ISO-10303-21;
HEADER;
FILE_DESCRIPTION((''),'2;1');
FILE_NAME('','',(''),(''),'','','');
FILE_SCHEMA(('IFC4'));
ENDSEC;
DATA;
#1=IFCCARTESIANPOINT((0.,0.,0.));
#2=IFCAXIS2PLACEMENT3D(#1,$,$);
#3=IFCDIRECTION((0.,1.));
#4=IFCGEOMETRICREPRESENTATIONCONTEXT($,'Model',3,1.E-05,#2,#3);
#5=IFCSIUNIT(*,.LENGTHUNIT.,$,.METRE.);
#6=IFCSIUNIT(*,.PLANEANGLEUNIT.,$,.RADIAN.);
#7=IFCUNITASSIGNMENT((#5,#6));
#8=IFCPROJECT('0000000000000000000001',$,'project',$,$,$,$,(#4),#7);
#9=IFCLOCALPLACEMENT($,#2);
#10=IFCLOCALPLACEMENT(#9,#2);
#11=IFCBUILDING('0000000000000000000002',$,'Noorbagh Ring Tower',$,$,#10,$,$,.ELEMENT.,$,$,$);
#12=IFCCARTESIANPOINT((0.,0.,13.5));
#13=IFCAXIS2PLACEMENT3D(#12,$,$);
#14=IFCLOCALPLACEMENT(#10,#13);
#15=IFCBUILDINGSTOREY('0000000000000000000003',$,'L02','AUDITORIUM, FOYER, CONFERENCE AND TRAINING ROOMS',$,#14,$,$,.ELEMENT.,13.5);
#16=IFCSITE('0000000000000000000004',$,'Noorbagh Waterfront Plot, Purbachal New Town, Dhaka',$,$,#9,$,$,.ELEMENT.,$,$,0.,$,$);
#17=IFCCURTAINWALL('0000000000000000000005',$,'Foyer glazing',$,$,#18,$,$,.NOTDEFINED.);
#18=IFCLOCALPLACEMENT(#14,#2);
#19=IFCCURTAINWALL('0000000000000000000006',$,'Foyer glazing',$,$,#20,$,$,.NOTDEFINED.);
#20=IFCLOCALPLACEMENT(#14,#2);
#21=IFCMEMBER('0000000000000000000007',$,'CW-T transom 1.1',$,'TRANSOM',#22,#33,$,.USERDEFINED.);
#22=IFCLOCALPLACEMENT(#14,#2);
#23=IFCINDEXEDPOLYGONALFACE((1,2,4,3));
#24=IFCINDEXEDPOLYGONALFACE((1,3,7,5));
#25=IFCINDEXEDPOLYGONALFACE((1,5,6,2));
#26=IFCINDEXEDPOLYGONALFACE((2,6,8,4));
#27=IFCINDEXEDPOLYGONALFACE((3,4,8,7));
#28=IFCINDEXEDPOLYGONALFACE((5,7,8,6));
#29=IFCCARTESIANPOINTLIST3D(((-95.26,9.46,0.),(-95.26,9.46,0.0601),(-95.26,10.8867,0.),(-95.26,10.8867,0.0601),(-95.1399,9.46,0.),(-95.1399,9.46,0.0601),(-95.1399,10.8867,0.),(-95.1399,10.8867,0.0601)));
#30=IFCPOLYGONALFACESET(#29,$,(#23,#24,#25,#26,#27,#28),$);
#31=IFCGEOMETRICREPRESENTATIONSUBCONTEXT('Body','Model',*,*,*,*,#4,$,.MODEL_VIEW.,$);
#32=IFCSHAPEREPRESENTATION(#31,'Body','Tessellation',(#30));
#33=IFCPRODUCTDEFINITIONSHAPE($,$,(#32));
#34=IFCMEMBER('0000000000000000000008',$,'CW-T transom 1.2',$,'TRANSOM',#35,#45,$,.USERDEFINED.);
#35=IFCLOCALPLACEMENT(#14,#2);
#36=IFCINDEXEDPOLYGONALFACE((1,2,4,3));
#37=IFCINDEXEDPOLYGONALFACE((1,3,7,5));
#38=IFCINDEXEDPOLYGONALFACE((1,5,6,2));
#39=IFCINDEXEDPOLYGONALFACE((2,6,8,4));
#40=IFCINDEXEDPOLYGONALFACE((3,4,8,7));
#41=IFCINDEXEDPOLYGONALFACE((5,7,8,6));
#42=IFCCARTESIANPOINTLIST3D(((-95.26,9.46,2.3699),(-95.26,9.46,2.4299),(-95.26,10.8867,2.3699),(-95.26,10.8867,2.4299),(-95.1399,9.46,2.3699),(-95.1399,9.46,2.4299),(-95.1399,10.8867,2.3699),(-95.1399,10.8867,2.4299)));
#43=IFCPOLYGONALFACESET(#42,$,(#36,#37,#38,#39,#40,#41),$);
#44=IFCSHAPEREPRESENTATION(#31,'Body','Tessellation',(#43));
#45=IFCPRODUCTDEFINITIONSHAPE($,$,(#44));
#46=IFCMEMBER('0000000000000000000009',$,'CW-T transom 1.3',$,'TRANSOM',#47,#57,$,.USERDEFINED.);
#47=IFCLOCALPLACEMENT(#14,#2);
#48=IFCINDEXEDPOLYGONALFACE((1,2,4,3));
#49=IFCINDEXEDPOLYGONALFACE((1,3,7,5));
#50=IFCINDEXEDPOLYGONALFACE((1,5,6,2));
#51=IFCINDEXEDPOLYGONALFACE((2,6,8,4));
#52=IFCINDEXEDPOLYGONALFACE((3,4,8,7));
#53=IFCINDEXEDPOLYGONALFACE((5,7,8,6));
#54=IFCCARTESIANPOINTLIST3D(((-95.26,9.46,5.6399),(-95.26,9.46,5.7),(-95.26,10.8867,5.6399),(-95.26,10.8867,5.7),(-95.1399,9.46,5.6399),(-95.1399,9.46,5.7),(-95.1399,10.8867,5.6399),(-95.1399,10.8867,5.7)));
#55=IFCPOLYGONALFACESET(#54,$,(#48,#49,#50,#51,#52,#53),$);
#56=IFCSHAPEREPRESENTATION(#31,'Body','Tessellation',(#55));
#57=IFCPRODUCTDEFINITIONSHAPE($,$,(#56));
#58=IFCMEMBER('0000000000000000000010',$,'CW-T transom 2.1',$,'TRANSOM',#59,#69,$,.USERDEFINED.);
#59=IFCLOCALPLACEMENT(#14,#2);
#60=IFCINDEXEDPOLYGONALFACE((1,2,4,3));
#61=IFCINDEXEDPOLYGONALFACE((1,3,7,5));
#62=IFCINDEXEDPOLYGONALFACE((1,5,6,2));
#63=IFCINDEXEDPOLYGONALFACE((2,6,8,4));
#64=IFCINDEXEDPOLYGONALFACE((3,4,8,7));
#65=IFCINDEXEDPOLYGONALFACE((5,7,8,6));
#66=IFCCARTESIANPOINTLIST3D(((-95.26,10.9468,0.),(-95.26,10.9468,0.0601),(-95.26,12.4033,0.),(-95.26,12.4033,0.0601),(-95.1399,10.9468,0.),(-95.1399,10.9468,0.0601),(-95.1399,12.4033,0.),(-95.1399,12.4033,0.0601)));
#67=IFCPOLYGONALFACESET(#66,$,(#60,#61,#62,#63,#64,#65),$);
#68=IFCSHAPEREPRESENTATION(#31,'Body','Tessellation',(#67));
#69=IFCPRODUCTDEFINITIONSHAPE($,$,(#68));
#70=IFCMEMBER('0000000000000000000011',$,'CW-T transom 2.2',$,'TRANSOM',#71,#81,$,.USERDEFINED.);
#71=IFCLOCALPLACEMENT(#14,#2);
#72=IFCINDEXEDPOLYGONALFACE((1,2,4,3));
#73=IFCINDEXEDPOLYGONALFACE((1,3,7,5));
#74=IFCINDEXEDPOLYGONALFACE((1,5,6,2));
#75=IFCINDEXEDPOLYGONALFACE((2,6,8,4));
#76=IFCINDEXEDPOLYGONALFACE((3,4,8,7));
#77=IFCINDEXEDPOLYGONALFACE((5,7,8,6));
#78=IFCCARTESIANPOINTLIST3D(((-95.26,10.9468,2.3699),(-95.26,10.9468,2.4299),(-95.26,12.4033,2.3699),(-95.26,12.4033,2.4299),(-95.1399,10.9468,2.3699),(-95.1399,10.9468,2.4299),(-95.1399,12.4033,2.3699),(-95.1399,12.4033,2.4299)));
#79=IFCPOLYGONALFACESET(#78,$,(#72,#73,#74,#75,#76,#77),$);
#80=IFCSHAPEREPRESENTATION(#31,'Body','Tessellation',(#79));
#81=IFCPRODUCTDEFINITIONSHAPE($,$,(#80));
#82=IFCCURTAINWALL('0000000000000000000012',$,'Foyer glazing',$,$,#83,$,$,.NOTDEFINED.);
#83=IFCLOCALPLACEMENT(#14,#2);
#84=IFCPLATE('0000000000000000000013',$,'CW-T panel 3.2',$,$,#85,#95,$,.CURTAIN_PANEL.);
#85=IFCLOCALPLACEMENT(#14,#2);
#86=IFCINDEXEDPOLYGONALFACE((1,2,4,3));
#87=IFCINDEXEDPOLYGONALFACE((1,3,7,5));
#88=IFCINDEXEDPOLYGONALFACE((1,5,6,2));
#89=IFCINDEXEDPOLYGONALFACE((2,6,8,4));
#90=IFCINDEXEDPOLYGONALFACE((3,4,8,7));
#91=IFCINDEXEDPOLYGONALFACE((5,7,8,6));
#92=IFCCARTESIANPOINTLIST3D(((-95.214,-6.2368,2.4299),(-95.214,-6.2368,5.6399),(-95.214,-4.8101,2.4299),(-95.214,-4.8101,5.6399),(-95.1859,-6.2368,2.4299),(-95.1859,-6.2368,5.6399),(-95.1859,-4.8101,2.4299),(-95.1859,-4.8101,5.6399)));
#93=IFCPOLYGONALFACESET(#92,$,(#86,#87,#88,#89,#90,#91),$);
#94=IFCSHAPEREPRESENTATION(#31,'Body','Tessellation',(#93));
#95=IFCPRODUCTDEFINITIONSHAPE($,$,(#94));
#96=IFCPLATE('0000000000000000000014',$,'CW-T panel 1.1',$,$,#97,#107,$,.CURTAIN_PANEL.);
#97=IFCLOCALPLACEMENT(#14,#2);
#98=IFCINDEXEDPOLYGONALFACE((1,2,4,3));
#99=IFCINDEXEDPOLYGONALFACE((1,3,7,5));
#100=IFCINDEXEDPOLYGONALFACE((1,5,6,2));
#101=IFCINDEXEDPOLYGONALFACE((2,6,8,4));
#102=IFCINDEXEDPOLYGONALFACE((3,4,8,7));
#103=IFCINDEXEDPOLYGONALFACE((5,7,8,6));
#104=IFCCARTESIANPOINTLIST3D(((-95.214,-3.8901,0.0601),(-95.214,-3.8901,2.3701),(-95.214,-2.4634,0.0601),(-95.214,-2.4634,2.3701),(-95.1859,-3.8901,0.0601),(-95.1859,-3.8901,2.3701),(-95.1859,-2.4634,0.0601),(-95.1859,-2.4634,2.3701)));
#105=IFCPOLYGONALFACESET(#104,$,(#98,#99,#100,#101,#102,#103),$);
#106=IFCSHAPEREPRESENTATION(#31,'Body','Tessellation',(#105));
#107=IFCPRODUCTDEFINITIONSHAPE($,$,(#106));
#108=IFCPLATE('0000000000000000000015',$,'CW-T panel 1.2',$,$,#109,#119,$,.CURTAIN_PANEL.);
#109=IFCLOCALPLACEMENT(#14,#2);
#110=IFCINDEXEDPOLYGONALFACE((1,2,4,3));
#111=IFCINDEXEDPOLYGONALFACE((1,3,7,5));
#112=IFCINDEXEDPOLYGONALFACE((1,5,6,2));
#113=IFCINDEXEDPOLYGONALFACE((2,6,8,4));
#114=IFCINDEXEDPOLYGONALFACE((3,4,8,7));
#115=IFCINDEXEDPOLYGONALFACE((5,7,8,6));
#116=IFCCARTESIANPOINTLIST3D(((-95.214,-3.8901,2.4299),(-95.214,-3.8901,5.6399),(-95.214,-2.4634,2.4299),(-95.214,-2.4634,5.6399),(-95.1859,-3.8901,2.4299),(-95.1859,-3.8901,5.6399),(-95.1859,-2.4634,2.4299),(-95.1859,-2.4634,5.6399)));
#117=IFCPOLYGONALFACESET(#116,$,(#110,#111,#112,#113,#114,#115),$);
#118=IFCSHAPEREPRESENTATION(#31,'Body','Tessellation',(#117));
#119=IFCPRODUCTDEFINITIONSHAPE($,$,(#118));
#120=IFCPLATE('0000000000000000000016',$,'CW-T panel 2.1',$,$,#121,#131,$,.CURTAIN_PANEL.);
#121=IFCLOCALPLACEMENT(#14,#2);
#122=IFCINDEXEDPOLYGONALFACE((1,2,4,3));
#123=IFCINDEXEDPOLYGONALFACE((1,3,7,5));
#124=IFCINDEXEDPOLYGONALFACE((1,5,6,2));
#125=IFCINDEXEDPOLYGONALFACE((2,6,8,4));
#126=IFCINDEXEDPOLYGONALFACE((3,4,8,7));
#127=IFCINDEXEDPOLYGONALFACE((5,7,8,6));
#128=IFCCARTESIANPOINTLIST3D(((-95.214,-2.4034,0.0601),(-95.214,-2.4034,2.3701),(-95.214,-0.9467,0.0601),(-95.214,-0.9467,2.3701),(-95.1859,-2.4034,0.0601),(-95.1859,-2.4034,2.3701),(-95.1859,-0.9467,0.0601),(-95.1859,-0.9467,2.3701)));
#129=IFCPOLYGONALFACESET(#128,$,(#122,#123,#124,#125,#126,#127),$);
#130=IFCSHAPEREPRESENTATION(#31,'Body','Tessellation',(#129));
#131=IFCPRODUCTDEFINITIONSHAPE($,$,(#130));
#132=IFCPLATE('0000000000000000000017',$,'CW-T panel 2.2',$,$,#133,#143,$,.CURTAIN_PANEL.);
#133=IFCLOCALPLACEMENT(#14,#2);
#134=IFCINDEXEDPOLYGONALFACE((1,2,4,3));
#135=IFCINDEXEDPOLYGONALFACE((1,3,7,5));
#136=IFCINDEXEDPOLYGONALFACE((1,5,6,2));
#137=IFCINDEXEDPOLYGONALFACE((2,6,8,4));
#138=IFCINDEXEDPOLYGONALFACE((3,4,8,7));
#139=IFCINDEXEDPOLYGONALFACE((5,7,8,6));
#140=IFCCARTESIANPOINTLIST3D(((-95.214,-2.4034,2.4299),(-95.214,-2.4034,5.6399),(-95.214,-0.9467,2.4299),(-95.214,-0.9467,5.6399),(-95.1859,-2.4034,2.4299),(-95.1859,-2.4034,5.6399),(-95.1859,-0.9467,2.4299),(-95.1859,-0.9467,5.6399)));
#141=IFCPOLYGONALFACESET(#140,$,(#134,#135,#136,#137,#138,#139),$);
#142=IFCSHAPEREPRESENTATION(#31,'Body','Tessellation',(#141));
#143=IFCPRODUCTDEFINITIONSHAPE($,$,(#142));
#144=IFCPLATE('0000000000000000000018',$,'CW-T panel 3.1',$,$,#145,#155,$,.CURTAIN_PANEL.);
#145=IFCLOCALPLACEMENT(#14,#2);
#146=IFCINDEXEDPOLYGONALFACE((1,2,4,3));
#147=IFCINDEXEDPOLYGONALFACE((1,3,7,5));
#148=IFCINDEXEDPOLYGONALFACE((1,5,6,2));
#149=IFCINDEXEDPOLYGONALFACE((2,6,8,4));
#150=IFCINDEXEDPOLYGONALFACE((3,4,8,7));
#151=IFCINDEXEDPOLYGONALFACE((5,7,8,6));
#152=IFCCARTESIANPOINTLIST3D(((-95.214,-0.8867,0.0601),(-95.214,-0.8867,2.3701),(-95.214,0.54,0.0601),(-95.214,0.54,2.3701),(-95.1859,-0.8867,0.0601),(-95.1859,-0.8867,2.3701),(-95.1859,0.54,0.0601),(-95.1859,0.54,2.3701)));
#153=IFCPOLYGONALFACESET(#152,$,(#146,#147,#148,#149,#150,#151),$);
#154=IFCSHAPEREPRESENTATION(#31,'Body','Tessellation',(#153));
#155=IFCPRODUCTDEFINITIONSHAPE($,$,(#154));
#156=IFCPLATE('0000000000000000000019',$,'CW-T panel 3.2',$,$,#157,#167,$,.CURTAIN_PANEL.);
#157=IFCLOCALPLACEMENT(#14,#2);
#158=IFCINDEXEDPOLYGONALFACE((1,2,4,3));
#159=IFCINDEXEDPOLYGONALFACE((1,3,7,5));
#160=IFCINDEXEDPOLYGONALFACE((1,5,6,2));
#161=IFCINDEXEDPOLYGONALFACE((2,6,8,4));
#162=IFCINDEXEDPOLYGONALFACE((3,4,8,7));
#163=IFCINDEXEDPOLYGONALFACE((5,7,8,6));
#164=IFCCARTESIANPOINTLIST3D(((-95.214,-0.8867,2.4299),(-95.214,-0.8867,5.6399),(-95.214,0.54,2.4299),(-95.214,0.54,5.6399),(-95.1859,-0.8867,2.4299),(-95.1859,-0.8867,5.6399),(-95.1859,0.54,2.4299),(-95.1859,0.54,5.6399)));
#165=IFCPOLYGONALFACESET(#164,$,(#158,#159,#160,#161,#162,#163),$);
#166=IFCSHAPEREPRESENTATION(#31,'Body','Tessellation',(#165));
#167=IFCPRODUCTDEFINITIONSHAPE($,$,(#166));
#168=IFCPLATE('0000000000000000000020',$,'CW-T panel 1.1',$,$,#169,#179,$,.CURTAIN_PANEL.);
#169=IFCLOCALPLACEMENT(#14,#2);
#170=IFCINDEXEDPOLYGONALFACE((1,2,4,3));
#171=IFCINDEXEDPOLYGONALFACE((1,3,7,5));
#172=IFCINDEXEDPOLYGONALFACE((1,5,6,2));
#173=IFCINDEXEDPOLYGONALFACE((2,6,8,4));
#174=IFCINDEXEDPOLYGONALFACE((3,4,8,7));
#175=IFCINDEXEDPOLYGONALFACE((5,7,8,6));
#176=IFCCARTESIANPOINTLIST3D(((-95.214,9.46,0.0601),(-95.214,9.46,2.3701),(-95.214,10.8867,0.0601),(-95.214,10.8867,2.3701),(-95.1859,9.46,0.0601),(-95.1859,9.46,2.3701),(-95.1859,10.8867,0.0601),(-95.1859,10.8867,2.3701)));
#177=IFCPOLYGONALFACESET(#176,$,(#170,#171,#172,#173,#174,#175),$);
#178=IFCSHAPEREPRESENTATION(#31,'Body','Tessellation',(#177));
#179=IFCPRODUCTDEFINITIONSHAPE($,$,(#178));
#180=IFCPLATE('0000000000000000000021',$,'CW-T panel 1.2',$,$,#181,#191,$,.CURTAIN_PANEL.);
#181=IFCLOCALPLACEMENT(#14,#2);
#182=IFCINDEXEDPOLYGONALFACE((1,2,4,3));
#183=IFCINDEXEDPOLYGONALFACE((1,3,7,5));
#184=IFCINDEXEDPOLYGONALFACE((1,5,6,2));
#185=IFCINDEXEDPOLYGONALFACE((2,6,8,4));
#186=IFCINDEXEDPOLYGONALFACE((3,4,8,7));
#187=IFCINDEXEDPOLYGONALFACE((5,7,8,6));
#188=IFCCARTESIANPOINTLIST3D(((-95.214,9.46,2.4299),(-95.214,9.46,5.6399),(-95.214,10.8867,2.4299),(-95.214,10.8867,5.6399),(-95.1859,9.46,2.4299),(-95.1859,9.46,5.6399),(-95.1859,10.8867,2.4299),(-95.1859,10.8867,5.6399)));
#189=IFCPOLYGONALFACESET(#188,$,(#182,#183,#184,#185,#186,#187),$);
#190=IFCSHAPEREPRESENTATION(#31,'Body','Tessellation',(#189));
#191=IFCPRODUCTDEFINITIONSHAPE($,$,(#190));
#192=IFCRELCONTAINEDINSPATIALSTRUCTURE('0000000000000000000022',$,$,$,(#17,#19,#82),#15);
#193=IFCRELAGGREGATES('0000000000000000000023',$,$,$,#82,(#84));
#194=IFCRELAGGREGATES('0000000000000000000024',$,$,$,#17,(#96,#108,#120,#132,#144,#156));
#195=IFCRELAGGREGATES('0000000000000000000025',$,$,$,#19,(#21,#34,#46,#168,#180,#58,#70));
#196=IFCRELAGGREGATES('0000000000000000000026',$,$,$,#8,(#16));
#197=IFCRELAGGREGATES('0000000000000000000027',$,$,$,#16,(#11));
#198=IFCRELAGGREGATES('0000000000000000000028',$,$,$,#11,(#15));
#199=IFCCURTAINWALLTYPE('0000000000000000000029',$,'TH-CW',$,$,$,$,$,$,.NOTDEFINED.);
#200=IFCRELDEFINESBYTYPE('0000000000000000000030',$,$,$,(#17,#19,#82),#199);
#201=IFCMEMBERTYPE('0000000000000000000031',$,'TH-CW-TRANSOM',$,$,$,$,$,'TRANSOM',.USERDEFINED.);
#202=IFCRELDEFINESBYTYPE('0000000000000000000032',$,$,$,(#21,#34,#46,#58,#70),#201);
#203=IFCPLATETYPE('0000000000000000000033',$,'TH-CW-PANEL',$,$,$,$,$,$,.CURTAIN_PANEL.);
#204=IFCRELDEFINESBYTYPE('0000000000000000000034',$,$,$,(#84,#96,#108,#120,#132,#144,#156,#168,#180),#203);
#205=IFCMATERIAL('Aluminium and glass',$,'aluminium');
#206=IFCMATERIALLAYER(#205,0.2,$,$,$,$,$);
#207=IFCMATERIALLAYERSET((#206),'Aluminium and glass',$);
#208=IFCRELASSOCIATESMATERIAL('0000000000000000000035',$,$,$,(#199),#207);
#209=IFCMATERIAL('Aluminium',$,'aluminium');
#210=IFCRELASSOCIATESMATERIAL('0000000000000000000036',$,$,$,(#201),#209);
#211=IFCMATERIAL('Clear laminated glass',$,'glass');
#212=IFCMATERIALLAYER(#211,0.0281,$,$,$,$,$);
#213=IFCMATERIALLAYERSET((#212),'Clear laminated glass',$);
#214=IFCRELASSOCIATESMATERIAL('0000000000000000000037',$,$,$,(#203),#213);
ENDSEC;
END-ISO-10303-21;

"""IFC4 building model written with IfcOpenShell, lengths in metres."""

from ifc_helpers import new_model, si_unit, direction, frame, origin, origin_2d, place, context, subcontext, project, spatial, rectangle, extrude, material, layer, layer_set, material_profile, profile_set, type_object, element, aggregate, save


model = new_model("IFC4")

# Units and contexts
model_context = context("Model", 3, precision=1e-05, world=origin(), true_north=direction((0.0, 1.0)))
body_context = subcontext(model_context, "Body", "Model", "MODEL_VIEW")
ifc_project = project(units=[si_unit("LENGTHUNIT", "METRE"), si_unit("PLANEANGLEUNIT", "RADIAN")], contexts=[model_context])

# Site, building, storey
site_placement = place(None, origin())
site = spatial("IfcSite", under=ifc_project, at=site_placement, Name="Noorbagh Waterfront Plot, Purbachal New Town, Dhaka", CompositionType="ELEMENT", RefElevation=0.0)
building_placement = place(site_placement, origin())
building = spatial("IfcBuilding", under=site, at=building_placement, Name="Noorbagh Ring Tower", CompositionType="ELEMENT")
storey_placement = place(building_placement, frame((0.0, 0.0, 13.5)))
storey = spatial("IfcBuildingStorey", under=building, at=storey_placement, Name="L02", Description="AUDITORIUM, FOYER, CONFERENCE AND TRAINING ROOMS", CompositionType="ELEMENT", Elevation=13.5)

# Curtain walls
ifc_material_1 = material(Name="Aluminium and glass", Category="aluminium")
ifc_layer_1 = layer(ifc_material_1, 0.2)
ifc_layer_set_1 = layer_set([ifc_layer_1], Name="Aluminium and glass")
curtain_wall_type = type_object("IfcCurtainWallType", Name="TH-CW", PredefinedType="NOTDEFINED", material=ifc_layer_set_1)
curtain_wall_1_placement = place(storey_placement, origin())
curtain_wall_1 = element("IfcCurtainWall", 1, at=curtain_wall_1_placement, inside=storey, type_object=curtain_wall_type, Name="Foyer glazing", PredefinedType="NOTDEFINED")
curtain_wall_2_placement = place(storey_placement, origin())
curtain_wall_2 = element("IfcCurtainWall", 2, at=curtain_wall_2_placement, inside=storey, type_object=curtain_wall_type, Name="Foyer glazing", PredefinedType="NOTDEFINED")

# Members
ifc_material_2 = material(Name="Aluminium", Category="aluminium")
ifc_material_profile_1 = material_profile(ifc_material_2, rectangle(XDim=0.1201, YDim=0.0601, at=origin_2d()), Name="AL 120x60")
ifc_profile_set_1 = profile_set([ifc_material_profile_1], Name="Aluminium")
member_type_1 = type_object("IfcMemberType", Name="TH-CW-TRANSOM", ElementType="TRANSOM", PredefinedType="USERDEFINED", material=ifc_profile_set_1)
member_1_placement = place(storey_placement, frame((-95.2, 9.46, 0.03), z_axis=(0.0, 1.0, 0.0), x_axis=(-1.0, 0.0, 0.0)))
member_1 = element("IfcMember", 3, at=member_1_placement, type_object=member_type_1, Name="CW-T transom 1.1", ObjectType="TRANSOM", PredefinedType="USERDEFINED", context=body_context, shape_type="SweptSolid", body=[
    extrude(rectangle(XDim=0.1201, YDim=0.0601, at=origin_2d()), origin(), (0.0, 0.0, 1.0), 1.4268),
])
member_2_placement = place(storey_placement, frame((-95.2, 9.46, 2.3999), z_axis=(0.0, 1.0, 0.0), x_axis=(-1.0, 0.0, 0.0)))
member_2 = element("IfcMember", 4, at=member_2_placement, type_object=member_type_1, Name="CW-T transom 1.2", ObjectType="TRANSOM", PredefinedType="USERDEFINED", context=body_context, shape_type="SweptSolid", body=[
    extrude(rectangle(XDim=0.1201, YDim=0.0601, at=origin_2d()), origin(), (0.0, 0.0, 1.0), 1.4268),
])
member_3_placement = place(storey_placement, frame((-95.2, 9.46, 5.6699), z_axis=(0.0, 1.0, 0.0), x_axis=(-1.0, 0.0, 0.0)))
member_3 = element("IfcMember", 5, at=member_3_placement, type_object=member_type_1, Name="CW-T transom 1.3", ObjectType="TRANSOM", PredefinedType="USERDEFINED", context=body_context, shape_type="SweptSolid", body=[
    extrude(rectangle(XDim=0.1201, YDim=0.0601, at=origin_2d()), origin(), (0.0, 0.0, 1.0), 1.4268),
])
member_4_placement = place(storey_placement, frame((-95.2, 10.9468, 0.03), z_axis=(0.0, 1.0, 0.0), x_axis=(-1.0, 0.0, 0.0)))
member_4 = element("IfcMember", 6, at=member_4_placement, type_object=member_type_1, Name="CW-T transom 2.1", ObjectType="TRANSOM", PredefinedType="USERDEFINED", context=body_context, shape_type="SweptSolid", body=[
    extrude(rectangle(XDim=0.1201, YDim=0.0601, at=origin_2d()), origin(), (0.0, 0.0, 1.0), 1.4565),
])
member_5_placement = place(storey_placement, frame((-95.2, 10.9468, 2.3999), z_axis=(0.0, 1.0, 0.0), x_axis=(-1.0, 0.0, 0.0)))
member_5 = element("IfcMember", 7, at=member_5_placement, type_object=member_type_1, Name="CW-T transom 2.2", ObjectType="TRANSOM", PredefinedType="USERDEFINED", context=body_context, shape_type="SweptSolid", body=[
    extrude(rectangle(XDim=0.1201, YDim=0.0601, at=origin_2d()), origin(), (0.0, 0.0, 1.0), 1.4565),
])

# Curtain wall, plate
curtain_wall_3_placement = place(storey_placement, origin())
curtain_wall_3 = element("IfcCurtainWall", 8, at=curtain_wall_3_placement, inside=storey, type_object=curtain_wall_type, Name="Foyer glazing", PredefinedType="NOTDEFINED")
ifc_material_3 = material(Name="Clear laminated glass", Category="glass")
ifc_layer_2 = layer(ifc_material_3, 0.0281)
ifc_layer_set_2 = layer_set([ifc_layer_2], Name="Clear laminated glass")
plate_type = type_object("IfcPlateType", Name="TH-CW-PANEL", PredefinedType="CURTAIN_PANEL", material=ifc_layer_set_2)
plate_1_placement = place(storey_placement, frame((-95.2, -5.5234, 2.4299), z_axis=(0.0, 0.0, 1.0), x_axis=(0.0, 1.0, 0.0)))
plate_1 = element("IfcPlate", 9, at=plate_1_placement, type_object=plate_type, Name="CW-T panel 3.2", PredefinedType="CURTAIN_PANEL", context=body_context, shape_type="SweptSolid", body=[
    extrude(rectangle(XDim=1.4268, YDim=0.0281, at=origin_2d()), origin(), (0.0, 0.0, 1.0), 3.21),
])
aggregate(curtain_wall_3, [plate_1])

# Plates
plate_2_placement = place(storey_placement, frame((-95.2, -3.1768, 0.0601), z_axis=(0.0, 0.0, 1.0), x_axis=(0.0, 1.0, 0.0)))
plate_2 = element("IfcPlate", 10, at=plate_2_placement, type_object=plate_type, Name="CW-T panel 1.1", PredefinedType="CURTAIN_PANEL", context=body_context, shape_type="SweptSolid", body=[
    extrude(rectangle(XDim=1.4268, YDim=0.0281, at=origin_2d()), origin(), (0.0, 0.0, 1.0), 2.3101),
])
plate_3_placement = place(storey_placement, frame((-95.2, -3.1768, 2.4299), z_axis=(0.0, 0.0, 1.0), x_axis=(0.0, 1.0, 0.0)))
plate_3 = element("IfcPlate", 11, at=plate_3_placement, type_object=plate_type, Name="CW-T panel 1.2", PredefinedType="CURTAIN_PANEL", context=body_context, shape_type="SweptSolid", body=[
    extrude(rectangle(XDim=1.4268, YDim=0.0281, at=origin_2d()), origin(), (0.0, 0.0, 1.0), 3.21),
])
plate_4_placement = place(storey_placement, frame((-95.2, -1.675, 0.0601), z_axis=(0.0, 0.0, 1.0), x_axis=(0.0, 1.0, 0.0)))
plate_4 = element("IfcPlate", 12, at=plate_4_placement, type_object=plate_type, Name="CW-T panel 2.1", PredefinedType="CURTAIN_PANEL", context=body_context, shape_type="SweptSolid", body=[
    extrude(rectangle(XDim=1.4568, YDim=0.0281, at=origin_2d()), origin(), (0.0, 0.0, 1.0), 2.3101),
])
plate_5_placement = place(storey_placement, frame((-95.2, -1.675, 2.4299), z_axis=(0.0, 0.0, 1.0), x_axis=(0.0, 1.0, 0.0)))
plate_5 = element("IfcPlate", 13, at=plate_5_placement, type_object=plate_type, Name="CW-T panel 2.2", PredefinedType="CURTAIN_PANEL", context=body_context, shape_type="SweptSolid", body=[
    extrude(rectangle(XDim=1.4568, YDim=0.0281, at=origin_2d()), origin(), (0.0, 0.0, 1.0), 3.21),
])
plate_6_placement = place(storey_placement, frame((-95.2, -0.1733, 0.0601), z_axis=(0.0, 0.0, 1.0), x_axis=(0.0, 1.0, 0.0)))
plate_6 = element("IfcPlate", 14, at=plate_6_placement, type_object=plate_type, Name="CW-T panel 3.1", PredefinedType="CURTAIN_PANEL", context=body_context, shape_type="SweptSolid", body=[
    extrude(rectangle(XDim=1.4268, YDim=0.0281, at=origin_2d()), origin(), (0.0, 0.0, 1.0), 2.3101),
])
plate_7_placement = place(storey_placement, frame((-95.2, -0.1733, 2.4299), z_axis=(0.0, 0.0, 1.0), x_axis=(0.0, 1.0, 0.0)))
plate_7 = element("IfcPlate", 15, at=plate_7_placement, type_object=plate_type, Name="CW-T panel 3.2", PredefinedType="CURTAIN_PANEL", context=body_context, shape_type="SweptSolid", body=[
    extrude(rectangle(XDim=1.4268, YDim=0.0281, at=origin_2d()), origin(), (0.0, 0.0, 1.0), 3.21),
])
aggregate(curtain_wall_1, [plate_2, plate_3, plate_4, plate_5, plate_6, plate_7])
plate_8_placement = place(storey_placement, frame((-95.2, 10.1733, 0.0601), z_axis=(0.0, 0.0, 1.0), x_axis=(0.0, 1.0, 0.0)))
plate_8 = element("IfcPlate", 16, at=plate_8_placement, type_object=plate_type, Name="CW-T panel 1.1", PredefinedType="CURTAIN_PANEL", context=body_context, shape_type="SweptSolid", body=[
    extrude(rectangle(XDim=1.4268, YDim=0.0281, at=origin_2d()), origin(), (0.0, 0.0, 1.0), 2.3101),
])
plate_9_placement = place(storey_placement, frame((-95.2, 10.1733, 2.4299), z_axis=(0.0, 0.0, 1.0), x_axis=(0.0, 1.0, 0.0)))
plate_9 = element("IfcPlate", 17, at=plate_9_placement, type_object=plate_type, Name="CW-T panel 1.2", PredefinedType="CURTAIN_PANEL", context=body_context, shape_type="SweptSolid", body=[
    extrude(rectangle(XDim=1.4268, YDim=0.0281, at=origin_2d()), origin(), (0.0, 0.0, 1.0), 3.21),
])
aggregate(curtain_wall_2, [member_1, member_2, member_3, plate_8, plate_9, member_4, member_5])

save(model, "model.ifc")
